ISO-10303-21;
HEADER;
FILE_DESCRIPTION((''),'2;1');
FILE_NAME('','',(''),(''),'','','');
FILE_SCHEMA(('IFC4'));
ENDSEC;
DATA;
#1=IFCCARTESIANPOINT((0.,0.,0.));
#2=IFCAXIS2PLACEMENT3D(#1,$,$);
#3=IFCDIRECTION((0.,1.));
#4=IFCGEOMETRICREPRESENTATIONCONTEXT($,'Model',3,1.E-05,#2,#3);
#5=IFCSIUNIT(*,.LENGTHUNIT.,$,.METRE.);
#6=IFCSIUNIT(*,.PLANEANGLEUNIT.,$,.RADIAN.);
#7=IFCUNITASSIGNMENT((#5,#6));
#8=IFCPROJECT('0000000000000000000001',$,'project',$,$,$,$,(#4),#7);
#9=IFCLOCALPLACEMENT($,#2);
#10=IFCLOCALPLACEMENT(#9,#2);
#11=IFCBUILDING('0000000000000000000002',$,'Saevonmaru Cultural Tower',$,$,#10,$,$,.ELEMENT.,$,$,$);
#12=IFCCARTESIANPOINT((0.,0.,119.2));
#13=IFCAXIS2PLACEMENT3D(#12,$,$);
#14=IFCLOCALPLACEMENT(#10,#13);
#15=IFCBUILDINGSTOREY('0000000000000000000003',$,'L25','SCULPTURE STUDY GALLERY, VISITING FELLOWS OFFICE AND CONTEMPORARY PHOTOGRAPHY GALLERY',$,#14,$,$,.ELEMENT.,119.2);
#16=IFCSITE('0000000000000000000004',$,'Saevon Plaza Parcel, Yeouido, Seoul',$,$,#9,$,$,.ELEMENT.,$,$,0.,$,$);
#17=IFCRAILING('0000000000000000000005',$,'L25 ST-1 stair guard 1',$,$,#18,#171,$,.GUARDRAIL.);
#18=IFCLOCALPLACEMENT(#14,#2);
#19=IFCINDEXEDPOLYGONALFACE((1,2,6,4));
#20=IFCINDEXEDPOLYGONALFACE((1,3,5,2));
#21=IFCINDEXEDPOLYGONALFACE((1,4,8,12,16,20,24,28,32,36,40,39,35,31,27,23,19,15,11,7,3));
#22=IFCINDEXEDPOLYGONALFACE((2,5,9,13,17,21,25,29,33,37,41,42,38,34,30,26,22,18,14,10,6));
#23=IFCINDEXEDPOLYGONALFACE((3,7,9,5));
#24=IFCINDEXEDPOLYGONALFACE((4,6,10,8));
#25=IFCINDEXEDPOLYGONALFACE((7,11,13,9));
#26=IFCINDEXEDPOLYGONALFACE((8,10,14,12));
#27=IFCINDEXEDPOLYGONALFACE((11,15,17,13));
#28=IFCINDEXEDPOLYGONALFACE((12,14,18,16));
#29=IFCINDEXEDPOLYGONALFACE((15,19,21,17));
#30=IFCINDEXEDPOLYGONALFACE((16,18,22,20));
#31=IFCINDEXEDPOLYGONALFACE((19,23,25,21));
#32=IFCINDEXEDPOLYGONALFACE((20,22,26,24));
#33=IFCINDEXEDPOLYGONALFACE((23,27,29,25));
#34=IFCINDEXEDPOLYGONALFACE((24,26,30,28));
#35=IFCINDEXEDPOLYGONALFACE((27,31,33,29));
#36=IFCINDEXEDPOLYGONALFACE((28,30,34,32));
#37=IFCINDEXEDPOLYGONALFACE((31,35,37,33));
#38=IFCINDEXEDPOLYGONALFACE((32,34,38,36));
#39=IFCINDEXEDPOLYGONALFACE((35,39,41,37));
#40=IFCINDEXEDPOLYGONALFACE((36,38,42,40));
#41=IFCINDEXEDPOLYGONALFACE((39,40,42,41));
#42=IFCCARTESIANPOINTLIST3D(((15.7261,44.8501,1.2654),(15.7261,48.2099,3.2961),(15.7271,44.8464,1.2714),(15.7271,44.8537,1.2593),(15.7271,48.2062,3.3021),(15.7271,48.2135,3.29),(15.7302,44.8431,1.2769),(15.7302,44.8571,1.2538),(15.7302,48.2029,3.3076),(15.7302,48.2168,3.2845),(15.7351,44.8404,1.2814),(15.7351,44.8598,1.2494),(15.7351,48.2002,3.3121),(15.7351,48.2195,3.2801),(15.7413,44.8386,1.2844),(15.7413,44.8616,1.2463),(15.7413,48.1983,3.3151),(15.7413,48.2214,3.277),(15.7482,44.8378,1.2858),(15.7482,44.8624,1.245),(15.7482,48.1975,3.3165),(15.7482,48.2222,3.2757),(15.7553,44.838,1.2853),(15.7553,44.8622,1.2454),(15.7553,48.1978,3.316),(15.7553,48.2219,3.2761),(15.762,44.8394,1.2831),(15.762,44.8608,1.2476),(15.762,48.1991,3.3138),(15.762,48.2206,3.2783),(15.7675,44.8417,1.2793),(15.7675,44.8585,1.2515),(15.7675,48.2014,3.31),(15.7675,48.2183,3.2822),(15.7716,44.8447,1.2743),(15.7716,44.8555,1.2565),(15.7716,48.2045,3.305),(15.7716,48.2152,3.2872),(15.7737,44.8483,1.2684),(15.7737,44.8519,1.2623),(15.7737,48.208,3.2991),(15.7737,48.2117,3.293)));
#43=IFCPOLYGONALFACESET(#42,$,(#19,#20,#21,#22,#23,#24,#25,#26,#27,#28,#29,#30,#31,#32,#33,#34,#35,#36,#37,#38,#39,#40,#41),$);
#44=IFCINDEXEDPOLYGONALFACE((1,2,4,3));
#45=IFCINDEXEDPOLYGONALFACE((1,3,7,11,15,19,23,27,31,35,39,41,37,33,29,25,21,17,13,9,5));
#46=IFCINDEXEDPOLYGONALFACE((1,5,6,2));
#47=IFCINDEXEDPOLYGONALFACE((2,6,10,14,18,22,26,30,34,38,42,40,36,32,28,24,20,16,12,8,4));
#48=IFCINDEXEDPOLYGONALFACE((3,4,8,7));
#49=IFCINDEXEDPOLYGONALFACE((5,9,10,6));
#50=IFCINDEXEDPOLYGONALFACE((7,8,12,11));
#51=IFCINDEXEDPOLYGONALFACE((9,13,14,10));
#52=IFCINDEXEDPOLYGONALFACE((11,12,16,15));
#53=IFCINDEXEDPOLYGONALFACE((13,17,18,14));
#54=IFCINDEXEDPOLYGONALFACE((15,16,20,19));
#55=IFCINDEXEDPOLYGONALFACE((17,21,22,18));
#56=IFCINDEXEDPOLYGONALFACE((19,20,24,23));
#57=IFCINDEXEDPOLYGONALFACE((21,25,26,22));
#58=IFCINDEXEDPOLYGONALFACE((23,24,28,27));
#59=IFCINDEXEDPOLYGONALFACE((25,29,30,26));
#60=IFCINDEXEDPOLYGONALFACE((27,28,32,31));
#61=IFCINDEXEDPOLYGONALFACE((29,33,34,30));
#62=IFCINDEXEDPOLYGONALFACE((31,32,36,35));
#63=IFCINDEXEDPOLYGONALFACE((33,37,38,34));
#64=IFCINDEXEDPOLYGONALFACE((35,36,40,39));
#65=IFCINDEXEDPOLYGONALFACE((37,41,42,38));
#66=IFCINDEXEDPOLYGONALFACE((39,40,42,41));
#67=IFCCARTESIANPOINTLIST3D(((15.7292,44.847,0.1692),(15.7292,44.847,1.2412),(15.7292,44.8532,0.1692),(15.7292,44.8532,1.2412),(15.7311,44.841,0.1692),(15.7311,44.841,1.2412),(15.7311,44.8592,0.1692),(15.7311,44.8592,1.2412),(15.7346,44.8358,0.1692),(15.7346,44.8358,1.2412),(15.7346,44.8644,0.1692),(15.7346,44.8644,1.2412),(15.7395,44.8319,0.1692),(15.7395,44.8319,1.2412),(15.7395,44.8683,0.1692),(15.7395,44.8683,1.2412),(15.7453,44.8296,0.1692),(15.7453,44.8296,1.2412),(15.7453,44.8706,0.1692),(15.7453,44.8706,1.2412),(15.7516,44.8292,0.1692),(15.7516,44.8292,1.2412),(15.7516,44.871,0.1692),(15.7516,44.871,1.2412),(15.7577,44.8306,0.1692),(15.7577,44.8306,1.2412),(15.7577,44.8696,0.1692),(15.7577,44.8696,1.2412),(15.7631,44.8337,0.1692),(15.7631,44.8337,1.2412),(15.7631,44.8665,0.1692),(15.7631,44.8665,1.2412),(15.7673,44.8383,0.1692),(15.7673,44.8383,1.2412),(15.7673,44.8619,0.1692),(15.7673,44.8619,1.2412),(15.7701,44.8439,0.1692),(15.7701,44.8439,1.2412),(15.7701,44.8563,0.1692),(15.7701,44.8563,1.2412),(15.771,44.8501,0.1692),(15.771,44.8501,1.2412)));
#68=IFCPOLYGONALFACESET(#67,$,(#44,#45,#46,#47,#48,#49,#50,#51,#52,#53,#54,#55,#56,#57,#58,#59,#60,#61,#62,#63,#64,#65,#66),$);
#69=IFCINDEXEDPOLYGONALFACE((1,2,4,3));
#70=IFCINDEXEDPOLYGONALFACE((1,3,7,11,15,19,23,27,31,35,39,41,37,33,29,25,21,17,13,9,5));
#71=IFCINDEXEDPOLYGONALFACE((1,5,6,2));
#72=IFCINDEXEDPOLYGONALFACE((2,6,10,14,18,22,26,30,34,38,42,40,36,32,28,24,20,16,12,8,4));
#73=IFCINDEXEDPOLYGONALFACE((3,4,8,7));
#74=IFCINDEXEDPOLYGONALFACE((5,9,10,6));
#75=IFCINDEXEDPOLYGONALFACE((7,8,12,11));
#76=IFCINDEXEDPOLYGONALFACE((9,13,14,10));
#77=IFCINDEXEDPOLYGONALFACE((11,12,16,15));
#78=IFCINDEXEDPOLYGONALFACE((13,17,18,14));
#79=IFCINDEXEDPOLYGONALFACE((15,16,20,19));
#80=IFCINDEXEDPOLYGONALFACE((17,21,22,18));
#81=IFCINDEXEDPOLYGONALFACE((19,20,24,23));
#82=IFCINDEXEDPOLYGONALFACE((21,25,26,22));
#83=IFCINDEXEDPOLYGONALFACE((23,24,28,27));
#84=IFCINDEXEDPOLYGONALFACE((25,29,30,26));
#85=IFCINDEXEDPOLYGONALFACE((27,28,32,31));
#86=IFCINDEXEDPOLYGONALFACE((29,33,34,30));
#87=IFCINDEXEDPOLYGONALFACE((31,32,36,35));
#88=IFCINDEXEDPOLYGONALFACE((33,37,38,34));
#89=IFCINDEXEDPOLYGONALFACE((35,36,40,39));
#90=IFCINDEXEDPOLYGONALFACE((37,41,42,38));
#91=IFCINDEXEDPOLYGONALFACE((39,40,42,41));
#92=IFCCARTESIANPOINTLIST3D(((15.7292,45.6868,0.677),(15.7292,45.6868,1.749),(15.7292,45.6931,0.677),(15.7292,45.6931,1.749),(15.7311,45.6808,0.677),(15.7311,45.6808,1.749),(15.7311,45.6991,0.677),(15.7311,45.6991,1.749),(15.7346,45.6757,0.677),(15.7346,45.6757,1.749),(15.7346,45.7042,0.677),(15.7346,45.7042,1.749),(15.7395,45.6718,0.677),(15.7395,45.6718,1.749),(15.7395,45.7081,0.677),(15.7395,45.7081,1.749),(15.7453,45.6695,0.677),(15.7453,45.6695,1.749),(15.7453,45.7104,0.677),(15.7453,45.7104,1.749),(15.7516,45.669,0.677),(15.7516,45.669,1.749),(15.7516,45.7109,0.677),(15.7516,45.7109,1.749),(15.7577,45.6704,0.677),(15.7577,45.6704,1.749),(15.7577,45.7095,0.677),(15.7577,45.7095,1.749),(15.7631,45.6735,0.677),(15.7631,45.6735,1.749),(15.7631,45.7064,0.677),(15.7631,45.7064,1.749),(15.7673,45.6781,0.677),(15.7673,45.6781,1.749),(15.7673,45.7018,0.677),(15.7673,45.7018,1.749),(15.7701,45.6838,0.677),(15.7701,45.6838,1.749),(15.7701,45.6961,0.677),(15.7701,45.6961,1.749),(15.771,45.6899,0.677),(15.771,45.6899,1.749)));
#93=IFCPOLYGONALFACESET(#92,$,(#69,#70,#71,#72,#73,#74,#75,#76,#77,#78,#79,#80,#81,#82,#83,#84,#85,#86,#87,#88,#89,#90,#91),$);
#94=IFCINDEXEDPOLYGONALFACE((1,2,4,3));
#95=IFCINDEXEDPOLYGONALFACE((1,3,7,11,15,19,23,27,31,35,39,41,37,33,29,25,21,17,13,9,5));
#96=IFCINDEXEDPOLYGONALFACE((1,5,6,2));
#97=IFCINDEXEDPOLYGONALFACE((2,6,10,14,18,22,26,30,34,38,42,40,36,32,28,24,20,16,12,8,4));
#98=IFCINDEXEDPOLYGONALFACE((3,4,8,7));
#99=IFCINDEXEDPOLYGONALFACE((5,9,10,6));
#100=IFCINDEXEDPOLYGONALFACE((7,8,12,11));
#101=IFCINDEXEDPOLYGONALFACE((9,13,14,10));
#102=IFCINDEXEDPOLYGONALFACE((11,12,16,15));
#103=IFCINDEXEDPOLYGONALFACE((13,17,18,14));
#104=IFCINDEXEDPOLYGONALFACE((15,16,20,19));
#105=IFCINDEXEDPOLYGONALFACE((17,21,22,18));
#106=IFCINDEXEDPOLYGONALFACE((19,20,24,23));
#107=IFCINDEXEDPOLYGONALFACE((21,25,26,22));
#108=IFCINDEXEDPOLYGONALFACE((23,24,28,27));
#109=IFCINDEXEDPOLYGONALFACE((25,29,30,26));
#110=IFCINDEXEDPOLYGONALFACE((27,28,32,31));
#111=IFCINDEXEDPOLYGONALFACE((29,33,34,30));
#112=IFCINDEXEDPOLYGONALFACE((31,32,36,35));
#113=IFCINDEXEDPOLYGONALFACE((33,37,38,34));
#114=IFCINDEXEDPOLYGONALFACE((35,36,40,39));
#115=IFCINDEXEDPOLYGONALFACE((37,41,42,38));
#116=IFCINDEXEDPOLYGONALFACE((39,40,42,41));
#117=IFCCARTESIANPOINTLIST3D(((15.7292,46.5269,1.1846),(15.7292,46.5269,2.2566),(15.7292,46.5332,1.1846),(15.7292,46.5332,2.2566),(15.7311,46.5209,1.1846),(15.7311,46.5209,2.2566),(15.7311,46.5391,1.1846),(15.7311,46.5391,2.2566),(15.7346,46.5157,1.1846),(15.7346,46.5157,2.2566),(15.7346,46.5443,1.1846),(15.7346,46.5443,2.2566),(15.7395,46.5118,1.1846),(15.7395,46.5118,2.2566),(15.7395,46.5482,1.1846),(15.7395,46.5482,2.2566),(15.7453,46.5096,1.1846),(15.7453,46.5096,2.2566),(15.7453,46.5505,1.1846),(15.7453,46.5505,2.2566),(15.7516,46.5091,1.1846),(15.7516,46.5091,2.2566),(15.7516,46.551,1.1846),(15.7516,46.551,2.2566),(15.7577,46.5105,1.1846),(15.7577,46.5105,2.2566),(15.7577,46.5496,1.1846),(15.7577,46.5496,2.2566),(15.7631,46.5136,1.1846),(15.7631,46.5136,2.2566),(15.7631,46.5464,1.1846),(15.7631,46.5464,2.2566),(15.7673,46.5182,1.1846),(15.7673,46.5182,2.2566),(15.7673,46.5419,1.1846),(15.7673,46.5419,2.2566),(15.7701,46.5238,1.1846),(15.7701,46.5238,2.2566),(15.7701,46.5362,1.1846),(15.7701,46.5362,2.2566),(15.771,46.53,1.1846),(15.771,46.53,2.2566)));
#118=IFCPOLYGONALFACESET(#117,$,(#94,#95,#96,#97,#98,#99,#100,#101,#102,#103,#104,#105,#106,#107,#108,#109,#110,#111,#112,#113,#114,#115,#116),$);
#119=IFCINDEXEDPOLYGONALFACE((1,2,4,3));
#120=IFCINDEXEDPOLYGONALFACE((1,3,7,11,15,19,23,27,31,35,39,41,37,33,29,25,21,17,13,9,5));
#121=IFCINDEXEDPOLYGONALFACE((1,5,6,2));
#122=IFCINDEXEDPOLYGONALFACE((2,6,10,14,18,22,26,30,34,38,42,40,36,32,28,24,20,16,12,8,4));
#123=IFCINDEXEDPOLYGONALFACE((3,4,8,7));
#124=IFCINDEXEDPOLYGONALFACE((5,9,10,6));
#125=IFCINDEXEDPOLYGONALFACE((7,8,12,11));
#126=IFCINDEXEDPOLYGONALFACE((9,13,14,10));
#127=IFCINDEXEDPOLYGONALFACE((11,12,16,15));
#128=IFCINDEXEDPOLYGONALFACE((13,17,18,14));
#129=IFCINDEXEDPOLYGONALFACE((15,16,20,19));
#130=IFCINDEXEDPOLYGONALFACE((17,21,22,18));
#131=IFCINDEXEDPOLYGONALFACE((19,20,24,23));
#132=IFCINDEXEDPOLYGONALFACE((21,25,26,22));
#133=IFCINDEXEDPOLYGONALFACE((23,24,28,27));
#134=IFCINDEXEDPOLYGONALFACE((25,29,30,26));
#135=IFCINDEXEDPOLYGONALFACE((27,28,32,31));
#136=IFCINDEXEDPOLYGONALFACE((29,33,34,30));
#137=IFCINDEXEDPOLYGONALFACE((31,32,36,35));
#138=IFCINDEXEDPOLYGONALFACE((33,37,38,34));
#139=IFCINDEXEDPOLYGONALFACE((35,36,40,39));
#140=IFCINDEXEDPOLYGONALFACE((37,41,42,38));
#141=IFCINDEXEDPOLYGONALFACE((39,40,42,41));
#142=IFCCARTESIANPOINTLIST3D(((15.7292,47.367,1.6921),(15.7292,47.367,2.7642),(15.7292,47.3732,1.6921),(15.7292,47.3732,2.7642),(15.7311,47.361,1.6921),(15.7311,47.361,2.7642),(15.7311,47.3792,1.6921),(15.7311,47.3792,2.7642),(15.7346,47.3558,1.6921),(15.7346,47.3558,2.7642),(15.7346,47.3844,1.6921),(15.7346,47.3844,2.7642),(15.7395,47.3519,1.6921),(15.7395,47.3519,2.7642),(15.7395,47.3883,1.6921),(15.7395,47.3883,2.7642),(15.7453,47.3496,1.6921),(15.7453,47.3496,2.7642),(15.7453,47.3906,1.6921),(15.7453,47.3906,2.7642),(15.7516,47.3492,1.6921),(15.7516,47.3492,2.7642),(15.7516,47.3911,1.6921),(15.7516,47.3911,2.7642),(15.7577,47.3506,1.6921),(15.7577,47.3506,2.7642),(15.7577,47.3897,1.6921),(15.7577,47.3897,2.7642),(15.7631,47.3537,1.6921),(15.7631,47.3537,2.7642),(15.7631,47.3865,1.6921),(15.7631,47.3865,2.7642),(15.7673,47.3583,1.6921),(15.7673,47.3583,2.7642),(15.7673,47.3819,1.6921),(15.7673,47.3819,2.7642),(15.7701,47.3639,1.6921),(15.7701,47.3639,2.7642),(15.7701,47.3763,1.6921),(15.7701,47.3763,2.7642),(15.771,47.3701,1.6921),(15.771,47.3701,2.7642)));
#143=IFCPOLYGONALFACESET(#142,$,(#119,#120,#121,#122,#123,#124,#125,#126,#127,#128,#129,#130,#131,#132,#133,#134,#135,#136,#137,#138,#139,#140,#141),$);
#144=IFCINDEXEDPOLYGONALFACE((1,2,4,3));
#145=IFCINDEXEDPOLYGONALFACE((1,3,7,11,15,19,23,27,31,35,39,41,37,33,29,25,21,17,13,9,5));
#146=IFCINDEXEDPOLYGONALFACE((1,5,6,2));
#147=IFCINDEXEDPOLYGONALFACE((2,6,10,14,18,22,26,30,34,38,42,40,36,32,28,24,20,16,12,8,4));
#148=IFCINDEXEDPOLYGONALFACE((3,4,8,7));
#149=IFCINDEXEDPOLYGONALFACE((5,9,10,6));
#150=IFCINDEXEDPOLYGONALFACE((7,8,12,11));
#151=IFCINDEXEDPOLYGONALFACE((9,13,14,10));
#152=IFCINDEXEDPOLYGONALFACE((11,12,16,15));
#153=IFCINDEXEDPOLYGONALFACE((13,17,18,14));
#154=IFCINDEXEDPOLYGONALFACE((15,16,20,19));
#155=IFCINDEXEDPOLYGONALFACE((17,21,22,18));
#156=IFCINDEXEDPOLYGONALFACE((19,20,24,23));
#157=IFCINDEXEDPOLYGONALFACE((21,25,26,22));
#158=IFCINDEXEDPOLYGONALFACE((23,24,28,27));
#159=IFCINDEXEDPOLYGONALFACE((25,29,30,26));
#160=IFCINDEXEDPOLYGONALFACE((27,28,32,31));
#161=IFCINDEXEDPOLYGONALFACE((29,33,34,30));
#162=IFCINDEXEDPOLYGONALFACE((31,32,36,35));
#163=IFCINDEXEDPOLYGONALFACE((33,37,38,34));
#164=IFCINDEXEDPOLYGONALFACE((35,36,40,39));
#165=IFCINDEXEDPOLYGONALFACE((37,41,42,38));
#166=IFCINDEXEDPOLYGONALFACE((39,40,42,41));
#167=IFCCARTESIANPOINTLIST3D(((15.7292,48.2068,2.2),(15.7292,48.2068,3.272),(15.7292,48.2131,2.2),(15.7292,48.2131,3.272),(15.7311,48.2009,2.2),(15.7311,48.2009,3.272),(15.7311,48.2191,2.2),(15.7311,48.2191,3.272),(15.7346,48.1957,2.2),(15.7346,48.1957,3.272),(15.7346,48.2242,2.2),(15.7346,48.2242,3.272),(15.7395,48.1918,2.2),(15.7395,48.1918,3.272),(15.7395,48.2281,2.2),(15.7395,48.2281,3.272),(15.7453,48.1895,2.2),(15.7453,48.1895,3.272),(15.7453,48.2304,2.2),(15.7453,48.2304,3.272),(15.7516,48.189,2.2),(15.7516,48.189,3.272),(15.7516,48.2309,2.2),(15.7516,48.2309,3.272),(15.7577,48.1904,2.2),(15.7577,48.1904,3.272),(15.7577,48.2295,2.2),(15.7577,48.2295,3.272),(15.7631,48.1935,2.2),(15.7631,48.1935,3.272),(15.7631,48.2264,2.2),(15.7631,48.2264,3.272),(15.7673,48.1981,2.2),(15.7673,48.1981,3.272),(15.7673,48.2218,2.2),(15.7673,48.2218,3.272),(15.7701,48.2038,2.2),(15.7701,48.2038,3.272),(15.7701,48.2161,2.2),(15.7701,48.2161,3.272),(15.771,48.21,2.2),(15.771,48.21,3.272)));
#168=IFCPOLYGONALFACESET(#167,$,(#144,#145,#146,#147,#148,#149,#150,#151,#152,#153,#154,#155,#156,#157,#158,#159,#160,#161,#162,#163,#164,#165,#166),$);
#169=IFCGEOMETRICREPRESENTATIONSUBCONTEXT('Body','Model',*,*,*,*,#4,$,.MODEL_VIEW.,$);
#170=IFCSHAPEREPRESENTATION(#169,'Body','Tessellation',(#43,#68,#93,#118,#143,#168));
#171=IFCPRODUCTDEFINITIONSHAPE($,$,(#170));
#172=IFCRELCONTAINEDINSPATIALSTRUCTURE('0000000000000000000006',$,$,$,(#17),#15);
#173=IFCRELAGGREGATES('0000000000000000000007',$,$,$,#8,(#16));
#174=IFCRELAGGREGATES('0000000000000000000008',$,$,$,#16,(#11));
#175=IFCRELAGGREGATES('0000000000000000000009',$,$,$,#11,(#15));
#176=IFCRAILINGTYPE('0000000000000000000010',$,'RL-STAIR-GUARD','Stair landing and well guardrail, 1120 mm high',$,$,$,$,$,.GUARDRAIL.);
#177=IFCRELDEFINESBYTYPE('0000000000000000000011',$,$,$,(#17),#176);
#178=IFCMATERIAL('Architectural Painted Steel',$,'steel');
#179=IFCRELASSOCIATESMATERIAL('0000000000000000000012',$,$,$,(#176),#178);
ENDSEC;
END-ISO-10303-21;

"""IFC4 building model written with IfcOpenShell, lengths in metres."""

from ifc_helpers import new_model, si_unit, direction, frame, origin, origin_2d, place, context, subcontext, project, spatial, circle, extrude, material, type_object, element, save


model = new_model("IFC4")

# Units and contexts
model_context = context("Model", 3, precision=1e-05, world=origin(), true_north=direction((0.0, 1.0)))
body_context = subcontext(model_context, "Body", "Model", "MODEL_VIEW")
ifc_project = project(units=[si_unit("LENGTHUNIT", "METRE"), si_unit("PLANEANGLEUNIT", "RADIAN")], contexts=[model_context])

# Site, building, storey
site_placement = place(None, origin())
site = spatial("IfcSite", under=ifc_project, at=site_placement, Name="Saevon Plaza Parcel, Yeouido, Seoul", CompositionType="ELEMENT", RefElevation=0.0)
building_placement = place(site_placement, origin())
building = spatial("IfcBuilding", under=site, at=building_placement, Name="Saevonmaru Cultural Tower", CompositionType="ELEMENT")
storey_placement = place(building_placement, frame((0.0, 0.0, 119.2)))
storey = spatial("IfcBuildingStorey", under=building, at=storey_placement, Name="L25", Description="SCULPTURE STUDY GALLERY, VISITING FELLOWS OFFICE AND CONTEMPORARY PHOTOGRAPHY GALLERY", CompositionType="ELEMENT", Elevation=119.2)

# Railing
ifc_material_1 = material(Name="Architectural Painted Steel", Category="steel")
railing_type_1 = type_object("IfcRailingType", Name="RL-STAIR-GUARD", Description="Stair landing and well guardrail, 1120 mm high", PredefinedType="GUARDRAIL", material=ifc_material_1)
railing_1_placement = place(storey_placement, frame((15.75, 44.8501, 0.1692)))
element("IfcRailing", 1, at=railing_1_placement, inside=storey, type_object=railing_type_1, Name="L25 ST-1 stair guard 1", PredefinedType="GUARDRAIL", context=body_context, shape_type="SweptSolid", body=[
    extrude(circle(Radius=0.0239, at=origin_2d()), frame((0.0, 0.0, 1.0962), z_axis=(0.0, 0.85582, 0.517273), x_axis=(-1.0, 0.0, 0.0)), (0.0, 0.0, 1.0), 3.9258),
    extrude(circle(Radius=0.021, at=origin_2d()), origin(), (0.0, 0.0, 1.0), 1.072),
    extrude(circle(Radius=0.021, at=origin_2d()), frame((0.0, 0.8398, 0.5078)), (0.0, 0.0, 1.0), 1.072),
    extrude(circle(Radius=0.021, at=origin_2d()), frame((0.0, 1.6799, 1.0154)), (0.0, 0.0, 1.0), 1.072),
    extrude(circle(Radius=0.021, at=origin_2d()), frame((0.0, 2.52, 1.5229)), (0.0, 0.0, 1.0), 1.072),
    extrude(circle(Radius=0.021, at=origin_2d()), frame((0.0, 3.3599, 2.0308)), (0.0, 0.0, 1.0), 1.072),
])

save(model, "model.ifc")
